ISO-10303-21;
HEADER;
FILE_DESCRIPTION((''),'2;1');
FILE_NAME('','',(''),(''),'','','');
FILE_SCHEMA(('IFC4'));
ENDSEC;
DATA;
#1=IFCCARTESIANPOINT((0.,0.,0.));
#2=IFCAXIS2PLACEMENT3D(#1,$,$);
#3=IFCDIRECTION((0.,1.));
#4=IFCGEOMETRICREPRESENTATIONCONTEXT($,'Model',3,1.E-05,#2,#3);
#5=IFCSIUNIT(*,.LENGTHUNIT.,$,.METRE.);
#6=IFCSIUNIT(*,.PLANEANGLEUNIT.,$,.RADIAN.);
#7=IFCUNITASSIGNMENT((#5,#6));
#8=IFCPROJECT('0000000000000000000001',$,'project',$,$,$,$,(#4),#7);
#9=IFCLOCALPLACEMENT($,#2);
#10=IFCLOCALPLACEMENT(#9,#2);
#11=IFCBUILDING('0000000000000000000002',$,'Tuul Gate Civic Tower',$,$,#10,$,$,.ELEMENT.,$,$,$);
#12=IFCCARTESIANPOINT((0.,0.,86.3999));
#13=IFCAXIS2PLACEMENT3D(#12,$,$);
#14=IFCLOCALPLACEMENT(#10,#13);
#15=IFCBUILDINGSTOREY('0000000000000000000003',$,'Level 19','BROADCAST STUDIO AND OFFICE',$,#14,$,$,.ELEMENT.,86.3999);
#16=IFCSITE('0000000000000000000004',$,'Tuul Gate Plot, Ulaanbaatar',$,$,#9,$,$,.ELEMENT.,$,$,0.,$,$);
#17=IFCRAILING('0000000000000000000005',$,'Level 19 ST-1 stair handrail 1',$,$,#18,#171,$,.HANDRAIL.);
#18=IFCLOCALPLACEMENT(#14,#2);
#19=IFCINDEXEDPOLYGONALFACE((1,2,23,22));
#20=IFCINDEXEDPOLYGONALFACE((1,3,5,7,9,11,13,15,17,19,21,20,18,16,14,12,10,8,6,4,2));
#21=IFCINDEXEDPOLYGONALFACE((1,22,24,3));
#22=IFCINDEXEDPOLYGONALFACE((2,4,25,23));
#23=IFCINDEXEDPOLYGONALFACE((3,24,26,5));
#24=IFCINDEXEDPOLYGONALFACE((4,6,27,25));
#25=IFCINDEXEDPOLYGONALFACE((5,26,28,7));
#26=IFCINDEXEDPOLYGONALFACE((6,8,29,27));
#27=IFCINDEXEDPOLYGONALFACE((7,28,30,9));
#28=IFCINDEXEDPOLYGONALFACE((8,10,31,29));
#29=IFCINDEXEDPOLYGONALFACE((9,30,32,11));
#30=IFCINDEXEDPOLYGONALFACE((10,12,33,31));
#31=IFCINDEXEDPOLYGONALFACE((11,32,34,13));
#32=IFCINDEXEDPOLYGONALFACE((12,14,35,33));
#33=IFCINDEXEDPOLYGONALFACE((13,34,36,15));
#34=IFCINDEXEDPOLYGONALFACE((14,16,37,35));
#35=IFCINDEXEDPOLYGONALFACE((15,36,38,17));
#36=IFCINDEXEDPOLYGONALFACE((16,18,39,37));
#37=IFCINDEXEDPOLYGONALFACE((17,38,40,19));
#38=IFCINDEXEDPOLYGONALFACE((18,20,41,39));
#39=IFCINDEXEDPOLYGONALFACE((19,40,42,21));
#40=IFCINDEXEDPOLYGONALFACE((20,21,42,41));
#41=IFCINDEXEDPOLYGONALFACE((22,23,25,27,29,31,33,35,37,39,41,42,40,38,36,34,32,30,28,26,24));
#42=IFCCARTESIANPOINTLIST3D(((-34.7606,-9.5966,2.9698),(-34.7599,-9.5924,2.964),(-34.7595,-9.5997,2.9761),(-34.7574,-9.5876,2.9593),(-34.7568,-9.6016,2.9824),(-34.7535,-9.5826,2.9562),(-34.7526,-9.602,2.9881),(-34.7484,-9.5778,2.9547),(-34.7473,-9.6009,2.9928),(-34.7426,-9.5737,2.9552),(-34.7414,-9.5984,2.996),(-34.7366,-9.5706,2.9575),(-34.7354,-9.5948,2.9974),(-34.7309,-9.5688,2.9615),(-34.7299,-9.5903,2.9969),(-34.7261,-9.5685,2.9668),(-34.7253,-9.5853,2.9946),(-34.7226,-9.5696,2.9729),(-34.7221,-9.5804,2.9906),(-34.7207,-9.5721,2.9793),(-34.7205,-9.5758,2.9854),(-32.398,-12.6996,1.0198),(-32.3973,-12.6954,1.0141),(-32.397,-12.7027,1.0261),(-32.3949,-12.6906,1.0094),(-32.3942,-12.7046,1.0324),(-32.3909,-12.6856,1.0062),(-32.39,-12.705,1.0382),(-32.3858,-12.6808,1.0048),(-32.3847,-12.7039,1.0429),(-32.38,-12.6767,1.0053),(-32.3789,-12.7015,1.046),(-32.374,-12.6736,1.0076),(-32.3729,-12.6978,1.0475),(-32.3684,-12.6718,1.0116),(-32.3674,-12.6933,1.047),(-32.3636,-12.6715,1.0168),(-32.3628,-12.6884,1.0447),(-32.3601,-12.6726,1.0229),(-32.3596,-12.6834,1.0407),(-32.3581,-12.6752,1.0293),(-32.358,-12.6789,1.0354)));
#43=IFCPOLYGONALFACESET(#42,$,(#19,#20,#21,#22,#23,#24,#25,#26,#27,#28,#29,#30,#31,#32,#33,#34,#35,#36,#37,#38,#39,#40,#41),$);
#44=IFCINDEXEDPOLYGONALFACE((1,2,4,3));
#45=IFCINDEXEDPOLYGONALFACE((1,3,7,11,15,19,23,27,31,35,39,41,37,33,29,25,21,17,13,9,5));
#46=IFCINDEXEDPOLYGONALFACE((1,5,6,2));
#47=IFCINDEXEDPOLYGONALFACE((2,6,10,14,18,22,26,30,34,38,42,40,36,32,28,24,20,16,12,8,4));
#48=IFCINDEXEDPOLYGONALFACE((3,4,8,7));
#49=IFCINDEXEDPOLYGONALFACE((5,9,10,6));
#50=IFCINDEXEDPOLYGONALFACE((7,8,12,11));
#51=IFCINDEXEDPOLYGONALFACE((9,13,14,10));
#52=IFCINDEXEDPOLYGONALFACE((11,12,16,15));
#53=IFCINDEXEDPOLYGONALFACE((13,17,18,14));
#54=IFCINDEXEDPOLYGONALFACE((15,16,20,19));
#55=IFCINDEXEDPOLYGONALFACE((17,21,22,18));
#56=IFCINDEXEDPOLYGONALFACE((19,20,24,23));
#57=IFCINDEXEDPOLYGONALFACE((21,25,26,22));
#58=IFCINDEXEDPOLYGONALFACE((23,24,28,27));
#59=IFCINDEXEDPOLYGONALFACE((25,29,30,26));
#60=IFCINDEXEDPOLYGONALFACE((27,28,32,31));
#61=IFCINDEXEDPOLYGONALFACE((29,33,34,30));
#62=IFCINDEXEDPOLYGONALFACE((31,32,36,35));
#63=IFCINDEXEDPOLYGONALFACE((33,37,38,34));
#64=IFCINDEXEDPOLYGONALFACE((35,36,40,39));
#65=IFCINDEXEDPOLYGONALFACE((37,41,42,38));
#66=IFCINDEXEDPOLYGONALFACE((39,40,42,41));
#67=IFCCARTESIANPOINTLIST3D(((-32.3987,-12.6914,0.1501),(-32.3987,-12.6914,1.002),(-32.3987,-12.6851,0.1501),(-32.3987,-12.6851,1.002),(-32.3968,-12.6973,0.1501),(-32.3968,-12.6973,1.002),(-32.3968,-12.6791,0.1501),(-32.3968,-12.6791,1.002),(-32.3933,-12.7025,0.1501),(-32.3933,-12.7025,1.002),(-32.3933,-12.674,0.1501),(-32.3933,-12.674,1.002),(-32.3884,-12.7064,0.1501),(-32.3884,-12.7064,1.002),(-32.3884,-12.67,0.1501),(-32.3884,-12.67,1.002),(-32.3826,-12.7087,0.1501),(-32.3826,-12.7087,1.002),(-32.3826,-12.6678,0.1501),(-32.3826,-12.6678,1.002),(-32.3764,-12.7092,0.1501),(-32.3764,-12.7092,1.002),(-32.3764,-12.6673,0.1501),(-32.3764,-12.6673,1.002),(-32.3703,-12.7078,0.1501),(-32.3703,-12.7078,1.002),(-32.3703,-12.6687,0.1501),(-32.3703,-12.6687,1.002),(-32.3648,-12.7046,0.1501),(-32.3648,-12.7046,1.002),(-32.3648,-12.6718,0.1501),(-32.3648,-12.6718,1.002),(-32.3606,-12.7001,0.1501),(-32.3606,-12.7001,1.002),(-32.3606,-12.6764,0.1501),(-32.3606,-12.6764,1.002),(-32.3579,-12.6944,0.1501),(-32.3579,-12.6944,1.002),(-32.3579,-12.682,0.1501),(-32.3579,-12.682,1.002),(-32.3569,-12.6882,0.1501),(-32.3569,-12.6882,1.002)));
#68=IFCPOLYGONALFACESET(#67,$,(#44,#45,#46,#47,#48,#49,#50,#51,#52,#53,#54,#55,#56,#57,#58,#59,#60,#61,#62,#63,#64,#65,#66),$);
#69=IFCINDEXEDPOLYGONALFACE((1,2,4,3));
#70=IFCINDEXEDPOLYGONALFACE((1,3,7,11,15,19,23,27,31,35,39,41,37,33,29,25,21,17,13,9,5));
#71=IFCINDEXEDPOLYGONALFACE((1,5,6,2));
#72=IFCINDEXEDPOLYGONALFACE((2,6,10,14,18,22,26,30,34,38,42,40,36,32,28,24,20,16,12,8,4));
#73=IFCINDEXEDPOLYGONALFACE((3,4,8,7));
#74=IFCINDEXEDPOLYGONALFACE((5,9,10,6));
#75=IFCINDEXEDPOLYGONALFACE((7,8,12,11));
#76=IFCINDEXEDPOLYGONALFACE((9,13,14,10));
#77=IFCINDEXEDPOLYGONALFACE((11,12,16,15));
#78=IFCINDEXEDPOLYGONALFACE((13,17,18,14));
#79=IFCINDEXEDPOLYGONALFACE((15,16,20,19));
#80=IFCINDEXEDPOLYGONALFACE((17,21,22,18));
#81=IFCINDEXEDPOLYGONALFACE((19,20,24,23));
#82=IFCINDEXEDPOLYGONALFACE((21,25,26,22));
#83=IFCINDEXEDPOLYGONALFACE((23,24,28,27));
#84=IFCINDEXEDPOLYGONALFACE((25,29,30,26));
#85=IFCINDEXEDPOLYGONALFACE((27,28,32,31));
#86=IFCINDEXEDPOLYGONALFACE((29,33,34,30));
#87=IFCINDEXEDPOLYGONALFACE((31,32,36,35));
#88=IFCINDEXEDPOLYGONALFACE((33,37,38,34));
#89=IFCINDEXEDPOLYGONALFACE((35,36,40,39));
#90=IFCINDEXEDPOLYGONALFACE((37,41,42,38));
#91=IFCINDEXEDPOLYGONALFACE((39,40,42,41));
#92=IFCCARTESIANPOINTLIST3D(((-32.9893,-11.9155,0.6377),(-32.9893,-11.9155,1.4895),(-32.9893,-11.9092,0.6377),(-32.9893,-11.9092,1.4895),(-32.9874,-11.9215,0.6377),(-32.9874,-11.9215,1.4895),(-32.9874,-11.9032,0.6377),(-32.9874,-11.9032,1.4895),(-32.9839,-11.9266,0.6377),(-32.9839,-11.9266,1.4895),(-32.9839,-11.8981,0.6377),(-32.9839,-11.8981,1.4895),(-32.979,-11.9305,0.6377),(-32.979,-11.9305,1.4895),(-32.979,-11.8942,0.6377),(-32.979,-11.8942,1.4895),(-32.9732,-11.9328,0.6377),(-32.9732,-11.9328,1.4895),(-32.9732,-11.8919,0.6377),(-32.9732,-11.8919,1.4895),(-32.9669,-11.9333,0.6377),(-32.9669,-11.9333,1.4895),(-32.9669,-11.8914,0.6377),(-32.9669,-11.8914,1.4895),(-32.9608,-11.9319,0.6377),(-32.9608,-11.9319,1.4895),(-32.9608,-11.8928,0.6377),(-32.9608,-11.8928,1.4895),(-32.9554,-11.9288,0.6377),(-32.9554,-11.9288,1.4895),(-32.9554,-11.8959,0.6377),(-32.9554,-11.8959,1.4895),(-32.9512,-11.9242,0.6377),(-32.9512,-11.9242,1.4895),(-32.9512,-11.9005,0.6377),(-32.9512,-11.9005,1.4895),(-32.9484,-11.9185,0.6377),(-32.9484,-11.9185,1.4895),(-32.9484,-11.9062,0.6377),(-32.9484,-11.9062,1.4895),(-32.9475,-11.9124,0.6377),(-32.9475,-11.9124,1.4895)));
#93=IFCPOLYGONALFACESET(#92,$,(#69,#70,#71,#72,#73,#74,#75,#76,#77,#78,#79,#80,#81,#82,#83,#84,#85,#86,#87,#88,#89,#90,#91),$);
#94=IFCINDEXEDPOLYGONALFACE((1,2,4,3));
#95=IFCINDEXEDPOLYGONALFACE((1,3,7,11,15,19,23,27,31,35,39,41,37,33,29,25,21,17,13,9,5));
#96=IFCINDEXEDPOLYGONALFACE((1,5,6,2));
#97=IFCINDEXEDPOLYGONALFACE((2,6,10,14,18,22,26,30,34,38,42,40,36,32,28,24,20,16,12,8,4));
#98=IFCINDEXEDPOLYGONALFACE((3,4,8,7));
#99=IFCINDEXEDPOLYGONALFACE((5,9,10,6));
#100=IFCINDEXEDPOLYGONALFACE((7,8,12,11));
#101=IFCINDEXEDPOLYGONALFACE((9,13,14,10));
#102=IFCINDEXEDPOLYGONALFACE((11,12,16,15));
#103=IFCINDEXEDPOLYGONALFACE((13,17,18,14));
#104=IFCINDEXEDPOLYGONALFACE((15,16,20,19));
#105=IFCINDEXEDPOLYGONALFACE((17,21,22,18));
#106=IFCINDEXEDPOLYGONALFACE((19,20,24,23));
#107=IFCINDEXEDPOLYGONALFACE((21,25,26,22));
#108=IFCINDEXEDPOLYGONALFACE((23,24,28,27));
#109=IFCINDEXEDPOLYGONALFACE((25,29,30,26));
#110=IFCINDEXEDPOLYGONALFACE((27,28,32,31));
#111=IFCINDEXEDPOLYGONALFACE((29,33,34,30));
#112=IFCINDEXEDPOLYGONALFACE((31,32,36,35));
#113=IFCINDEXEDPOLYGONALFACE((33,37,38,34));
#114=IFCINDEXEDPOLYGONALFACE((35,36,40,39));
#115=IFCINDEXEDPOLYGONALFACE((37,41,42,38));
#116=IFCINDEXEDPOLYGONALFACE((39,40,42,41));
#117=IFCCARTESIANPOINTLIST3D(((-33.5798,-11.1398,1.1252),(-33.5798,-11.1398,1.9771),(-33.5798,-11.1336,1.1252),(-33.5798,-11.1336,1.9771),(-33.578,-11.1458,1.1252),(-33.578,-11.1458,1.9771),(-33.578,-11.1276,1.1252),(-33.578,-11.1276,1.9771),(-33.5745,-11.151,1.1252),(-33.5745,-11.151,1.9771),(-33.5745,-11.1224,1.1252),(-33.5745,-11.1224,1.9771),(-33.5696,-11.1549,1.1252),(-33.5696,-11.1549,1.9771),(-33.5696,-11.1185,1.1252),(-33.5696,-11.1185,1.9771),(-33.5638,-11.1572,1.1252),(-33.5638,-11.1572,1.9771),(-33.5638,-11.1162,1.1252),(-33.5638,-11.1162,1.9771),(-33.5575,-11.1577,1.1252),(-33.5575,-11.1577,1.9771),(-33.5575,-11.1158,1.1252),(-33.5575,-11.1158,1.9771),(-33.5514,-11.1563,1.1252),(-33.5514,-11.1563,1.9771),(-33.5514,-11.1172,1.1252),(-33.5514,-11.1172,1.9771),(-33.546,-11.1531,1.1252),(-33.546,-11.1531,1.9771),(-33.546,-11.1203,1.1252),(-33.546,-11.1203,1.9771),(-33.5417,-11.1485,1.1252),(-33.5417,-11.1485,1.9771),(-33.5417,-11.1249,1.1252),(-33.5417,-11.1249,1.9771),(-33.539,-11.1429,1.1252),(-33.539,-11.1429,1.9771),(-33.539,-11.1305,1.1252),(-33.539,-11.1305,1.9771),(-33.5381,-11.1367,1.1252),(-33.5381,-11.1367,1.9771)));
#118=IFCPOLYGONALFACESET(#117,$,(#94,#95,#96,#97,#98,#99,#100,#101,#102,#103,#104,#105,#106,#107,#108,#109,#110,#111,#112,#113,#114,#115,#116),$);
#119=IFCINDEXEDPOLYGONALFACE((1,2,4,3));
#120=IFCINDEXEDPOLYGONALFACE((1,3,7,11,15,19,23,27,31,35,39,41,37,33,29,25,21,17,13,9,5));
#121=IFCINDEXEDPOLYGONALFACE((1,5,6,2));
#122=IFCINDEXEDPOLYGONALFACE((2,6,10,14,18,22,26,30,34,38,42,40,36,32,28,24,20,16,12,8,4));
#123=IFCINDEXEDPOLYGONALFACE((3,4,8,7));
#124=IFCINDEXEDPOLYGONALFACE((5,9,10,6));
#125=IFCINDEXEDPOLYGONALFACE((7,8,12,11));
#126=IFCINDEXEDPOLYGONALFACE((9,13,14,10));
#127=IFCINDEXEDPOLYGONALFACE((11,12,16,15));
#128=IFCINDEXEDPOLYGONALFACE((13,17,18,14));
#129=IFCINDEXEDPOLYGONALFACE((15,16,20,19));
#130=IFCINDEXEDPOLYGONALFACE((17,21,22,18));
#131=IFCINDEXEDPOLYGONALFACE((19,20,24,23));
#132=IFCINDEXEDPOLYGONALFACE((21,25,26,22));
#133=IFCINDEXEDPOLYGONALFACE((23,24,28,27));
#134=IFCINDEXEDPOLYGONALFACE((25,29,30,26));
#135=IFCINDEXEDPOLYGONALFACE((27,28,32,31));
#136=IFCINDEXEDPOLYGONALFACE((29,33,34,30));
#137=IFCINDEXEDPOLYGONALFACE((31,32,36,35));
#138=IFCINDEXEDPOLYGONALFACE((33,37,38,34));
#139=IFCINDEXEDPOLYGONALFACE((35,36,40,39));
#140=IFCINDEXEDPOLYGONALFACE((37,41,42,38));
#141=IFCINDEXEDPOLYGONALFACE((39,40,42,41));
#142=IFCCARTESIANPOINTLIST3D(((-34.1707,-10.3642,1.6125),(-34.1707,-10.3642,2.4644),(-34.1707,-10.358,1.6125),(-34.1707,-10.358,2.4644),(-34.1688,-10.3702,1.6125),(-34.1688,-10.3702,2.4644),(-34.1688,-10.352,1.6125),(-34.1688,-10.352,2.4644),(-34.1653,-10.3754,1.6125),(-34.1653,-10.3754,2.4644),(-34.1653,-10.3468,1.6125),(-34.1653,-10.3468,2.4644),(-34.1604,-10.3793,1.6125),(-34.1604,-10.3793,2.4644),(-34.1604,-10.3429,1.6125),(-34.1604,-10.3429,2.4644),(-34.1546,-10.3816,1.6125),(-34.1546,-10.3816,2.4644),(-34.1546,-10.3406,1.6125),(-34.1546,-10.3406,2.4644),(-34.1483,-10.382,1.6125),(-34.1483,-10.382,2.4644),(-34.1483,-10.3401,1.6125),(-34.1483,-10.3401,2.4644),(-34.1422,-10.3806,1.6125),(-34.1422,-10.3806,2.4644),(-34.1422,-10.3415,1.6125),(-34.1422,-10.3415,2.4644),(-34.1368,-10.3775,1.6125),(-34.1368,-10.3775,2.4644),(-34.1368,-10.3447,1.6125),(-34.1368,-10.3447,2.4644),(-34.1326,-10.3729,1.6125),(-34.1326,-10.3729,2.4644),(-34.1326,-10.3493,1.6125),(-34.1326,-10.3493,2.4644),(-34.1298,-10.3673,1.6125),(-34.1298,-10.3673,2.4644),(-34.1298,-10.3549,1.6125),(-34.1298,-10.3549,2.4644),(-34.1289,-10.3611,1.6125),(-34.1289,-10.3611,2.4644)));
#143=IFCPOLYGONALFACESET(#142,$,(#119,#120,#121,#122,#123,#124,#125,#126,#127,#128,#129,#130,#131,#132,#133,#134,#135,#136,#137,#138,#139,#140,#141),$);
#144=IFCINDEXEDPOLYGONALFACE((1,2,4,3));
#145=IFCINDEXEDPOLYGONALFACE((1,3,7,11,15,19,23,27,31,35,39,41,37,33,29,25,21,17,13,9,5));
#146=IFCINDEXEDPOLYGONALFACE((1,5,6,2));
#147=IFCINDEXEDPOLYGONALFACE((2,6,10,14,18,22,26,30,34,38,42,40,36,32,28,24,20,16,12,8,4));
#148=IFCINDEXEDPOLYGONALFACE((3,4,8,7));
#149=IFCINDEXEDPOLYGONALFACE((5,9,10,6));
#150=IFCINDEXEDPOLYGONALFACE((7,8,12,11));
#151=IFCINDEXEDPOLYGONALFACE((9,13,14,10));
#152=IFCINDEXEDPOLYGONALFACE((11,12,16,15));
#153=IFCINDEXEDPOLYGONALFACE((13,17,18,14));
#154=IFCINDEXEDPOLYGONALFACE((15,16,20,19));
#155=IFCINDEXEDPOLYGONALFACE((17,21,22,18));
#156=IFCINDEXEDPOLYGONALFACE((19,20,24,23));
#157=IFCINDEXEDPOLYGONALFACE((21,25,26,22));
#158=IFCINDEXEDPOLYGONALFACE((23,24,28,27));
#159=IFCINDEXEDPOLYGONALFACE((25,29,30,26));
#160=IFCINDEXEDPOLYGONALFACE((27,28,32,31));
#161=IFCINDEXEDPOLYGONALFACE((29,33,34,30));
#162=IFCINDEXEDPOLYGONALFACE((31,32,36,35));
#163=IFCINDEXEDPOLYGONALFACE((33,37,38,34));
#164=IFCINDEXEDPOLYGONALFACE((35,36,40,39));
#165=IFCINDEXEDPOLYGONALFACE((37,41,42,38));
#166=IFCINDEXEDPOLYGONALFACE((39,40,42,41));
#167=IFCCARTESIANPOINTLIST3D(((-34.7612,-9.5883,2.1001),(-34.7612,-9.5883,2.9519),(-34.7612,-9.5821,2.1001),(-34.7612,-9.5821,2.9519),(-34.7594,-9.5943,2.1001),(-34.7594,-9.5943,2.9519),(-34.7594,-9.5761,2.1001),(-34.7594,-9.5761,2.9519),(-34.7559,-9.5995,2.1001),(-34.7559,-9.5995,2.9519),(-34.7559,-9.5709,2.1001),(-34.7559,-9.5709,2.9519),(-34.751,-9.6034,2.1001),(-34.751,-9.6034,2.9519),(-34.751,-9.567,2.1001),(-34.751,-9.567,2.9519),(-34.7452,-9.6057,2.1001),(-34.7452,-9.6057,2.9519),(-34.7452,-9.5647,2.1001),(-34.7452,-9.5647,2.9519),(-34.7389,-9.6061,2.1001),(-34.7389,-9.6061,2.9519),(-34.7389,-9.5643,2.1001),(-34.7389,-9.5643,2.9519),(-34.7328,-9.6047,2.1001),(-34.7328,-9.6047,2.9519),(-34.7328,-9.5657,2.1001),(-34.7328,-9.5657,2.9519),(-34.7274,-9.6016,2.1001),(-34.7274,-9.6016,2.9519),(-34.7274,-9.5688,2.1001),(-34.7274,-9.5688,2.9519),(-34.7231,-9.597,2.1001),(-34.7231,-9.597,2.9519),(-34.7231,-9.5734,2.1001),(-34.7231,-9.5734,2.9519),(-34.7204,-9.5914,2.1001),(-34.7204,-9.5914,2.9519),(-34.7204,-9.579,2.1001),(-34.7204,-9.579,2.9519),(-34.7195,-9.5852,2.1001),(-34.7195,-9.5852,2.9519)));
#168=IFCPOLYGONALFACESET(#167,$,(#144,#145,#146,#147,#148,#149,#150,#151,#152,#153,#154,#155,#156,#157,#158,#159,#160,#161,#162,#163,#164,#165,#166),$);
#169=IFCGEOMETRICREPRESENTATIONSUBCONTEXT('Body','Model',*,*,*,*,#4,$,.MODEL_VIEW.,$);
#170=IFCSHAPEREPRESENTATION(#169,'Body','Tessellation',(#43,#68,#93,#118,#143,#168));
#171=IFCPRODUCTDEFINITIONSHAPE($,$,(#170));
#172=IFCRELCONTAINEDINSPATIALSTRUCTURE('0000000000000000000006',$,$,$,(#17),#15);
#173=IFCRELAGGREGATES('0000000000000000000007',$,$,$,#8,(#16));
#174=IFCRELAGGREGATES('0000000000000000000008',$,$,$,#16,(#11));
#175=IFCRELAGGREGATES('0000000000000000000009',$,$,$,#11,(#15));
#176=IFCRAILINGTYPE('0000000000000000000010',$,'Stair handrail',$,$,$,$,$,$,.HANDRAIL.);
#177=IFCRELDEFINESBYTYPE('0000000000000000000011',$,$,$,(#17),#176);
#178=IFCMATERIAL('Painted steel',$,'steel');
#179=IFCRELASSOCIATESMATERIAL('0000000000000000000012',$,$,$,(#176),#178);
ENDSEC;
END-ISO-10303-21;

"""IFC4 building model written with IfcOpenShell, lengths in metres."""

from ifc_helpers import new_model, si_unit, direction, frame, origin, origin_2d, place, context, subcontext, project, spatial, circle, extrude, material, type_object, element, save


model = new_model("IFC4")

# Units and contexts
model_context = context("Model", 3, precision=1e-05, world=origin(), true_north=direction((0.0, 1.0)))
body_context = subcontext(model_context, "Body", "Model", "MODEL_VIEW")
ifc_project = project(units=[si_unit("LENGTHUNIT", "METRE"), si_unit("PLANEANGLEUNIT", "RADIAN")], contexts=[model_context])

# Site, building, storey
site_placement = place(None, origin())
site = spatial("IfcSite", under=ifc_project, at=site_placement, Name="Tuul Gate Plot, Ulaanbaatar", CompositionType="ELEMENT", RefElevation=0.0)
building_placement = place(site_placement, origin())
building = spatial("IfcBuilding", under=site, at=building_placement, Name="Tuul Gate Civic Tower", CompositionType="ELEMENT")
storey_placement = place(building_placement, frame((0.0, 0.0, 86.3999)))
storey = spatial("IfcBuildingStorey", under=building, at=storey_placement, Name="Level 19", Description="BROADCAST STUDIO AND OFFICE", CompositionType="ELEMENT", Elevation=86.3999)

# Railing
ifc_material_1 = material(Name="Painted steel", Category="steel")
railing_type_1 = type_object("IfcRailingType", Name="Stair handrail", PredefinedType="HANDRAIL", material=ifc_material_1)
railing_1_placement = place(storey_placement, frame((-32.3779, -12.6882, 0.1501)))
element("IfcRailing", 1, at=railing_1_placement, inside=storey, type_object=railing_type_1, Name="Level 19 ST-1 stair handrail 1", PredefinedType="HANDRAIL", context=body_context, shape_type="SweptSolid", body=[
    extrude(circle(Radius=0.0239, at=origin_2d()), frame((0.0, 0.0, 0.876), z_axis=(-0.541824, 0.711645, 0.4472), x_axis=(-0.795637, -0.605773, 0.0)), (0.0, 0.0, 1.0), 4.3604),
    extrude(circle(Radius=0.021, at=origin_2d()), origin(), (0.0, 0.0, 1.0), 0.8518),
    extrude(circle(Radius=0.021, at=origin_2d()), frame((-0.5906, 0.7759, 0.4875)), (0.0, 0.0, 1.0), 0.8518),
    extrude(circle(Radius=0.021, at=origin_2d()), frame((-1.1812, 1.5515, 0.9751)), (0.0, 0.0, 1.0), 0.8518),
    extrude(circle(Radius=0.021, at=origin_2d()), frame((-1.772, 2.3271, 1.4624)), (0.0, 0.0, 1.0), 0.8518),
    extrude(circle(Radius=0.021, at=origin_2d()), frame((-2.3625, 3.103, 1.95)), (0.0, 0.0, 1.0), 0.8518),
])

save(model, "model.ifc")
